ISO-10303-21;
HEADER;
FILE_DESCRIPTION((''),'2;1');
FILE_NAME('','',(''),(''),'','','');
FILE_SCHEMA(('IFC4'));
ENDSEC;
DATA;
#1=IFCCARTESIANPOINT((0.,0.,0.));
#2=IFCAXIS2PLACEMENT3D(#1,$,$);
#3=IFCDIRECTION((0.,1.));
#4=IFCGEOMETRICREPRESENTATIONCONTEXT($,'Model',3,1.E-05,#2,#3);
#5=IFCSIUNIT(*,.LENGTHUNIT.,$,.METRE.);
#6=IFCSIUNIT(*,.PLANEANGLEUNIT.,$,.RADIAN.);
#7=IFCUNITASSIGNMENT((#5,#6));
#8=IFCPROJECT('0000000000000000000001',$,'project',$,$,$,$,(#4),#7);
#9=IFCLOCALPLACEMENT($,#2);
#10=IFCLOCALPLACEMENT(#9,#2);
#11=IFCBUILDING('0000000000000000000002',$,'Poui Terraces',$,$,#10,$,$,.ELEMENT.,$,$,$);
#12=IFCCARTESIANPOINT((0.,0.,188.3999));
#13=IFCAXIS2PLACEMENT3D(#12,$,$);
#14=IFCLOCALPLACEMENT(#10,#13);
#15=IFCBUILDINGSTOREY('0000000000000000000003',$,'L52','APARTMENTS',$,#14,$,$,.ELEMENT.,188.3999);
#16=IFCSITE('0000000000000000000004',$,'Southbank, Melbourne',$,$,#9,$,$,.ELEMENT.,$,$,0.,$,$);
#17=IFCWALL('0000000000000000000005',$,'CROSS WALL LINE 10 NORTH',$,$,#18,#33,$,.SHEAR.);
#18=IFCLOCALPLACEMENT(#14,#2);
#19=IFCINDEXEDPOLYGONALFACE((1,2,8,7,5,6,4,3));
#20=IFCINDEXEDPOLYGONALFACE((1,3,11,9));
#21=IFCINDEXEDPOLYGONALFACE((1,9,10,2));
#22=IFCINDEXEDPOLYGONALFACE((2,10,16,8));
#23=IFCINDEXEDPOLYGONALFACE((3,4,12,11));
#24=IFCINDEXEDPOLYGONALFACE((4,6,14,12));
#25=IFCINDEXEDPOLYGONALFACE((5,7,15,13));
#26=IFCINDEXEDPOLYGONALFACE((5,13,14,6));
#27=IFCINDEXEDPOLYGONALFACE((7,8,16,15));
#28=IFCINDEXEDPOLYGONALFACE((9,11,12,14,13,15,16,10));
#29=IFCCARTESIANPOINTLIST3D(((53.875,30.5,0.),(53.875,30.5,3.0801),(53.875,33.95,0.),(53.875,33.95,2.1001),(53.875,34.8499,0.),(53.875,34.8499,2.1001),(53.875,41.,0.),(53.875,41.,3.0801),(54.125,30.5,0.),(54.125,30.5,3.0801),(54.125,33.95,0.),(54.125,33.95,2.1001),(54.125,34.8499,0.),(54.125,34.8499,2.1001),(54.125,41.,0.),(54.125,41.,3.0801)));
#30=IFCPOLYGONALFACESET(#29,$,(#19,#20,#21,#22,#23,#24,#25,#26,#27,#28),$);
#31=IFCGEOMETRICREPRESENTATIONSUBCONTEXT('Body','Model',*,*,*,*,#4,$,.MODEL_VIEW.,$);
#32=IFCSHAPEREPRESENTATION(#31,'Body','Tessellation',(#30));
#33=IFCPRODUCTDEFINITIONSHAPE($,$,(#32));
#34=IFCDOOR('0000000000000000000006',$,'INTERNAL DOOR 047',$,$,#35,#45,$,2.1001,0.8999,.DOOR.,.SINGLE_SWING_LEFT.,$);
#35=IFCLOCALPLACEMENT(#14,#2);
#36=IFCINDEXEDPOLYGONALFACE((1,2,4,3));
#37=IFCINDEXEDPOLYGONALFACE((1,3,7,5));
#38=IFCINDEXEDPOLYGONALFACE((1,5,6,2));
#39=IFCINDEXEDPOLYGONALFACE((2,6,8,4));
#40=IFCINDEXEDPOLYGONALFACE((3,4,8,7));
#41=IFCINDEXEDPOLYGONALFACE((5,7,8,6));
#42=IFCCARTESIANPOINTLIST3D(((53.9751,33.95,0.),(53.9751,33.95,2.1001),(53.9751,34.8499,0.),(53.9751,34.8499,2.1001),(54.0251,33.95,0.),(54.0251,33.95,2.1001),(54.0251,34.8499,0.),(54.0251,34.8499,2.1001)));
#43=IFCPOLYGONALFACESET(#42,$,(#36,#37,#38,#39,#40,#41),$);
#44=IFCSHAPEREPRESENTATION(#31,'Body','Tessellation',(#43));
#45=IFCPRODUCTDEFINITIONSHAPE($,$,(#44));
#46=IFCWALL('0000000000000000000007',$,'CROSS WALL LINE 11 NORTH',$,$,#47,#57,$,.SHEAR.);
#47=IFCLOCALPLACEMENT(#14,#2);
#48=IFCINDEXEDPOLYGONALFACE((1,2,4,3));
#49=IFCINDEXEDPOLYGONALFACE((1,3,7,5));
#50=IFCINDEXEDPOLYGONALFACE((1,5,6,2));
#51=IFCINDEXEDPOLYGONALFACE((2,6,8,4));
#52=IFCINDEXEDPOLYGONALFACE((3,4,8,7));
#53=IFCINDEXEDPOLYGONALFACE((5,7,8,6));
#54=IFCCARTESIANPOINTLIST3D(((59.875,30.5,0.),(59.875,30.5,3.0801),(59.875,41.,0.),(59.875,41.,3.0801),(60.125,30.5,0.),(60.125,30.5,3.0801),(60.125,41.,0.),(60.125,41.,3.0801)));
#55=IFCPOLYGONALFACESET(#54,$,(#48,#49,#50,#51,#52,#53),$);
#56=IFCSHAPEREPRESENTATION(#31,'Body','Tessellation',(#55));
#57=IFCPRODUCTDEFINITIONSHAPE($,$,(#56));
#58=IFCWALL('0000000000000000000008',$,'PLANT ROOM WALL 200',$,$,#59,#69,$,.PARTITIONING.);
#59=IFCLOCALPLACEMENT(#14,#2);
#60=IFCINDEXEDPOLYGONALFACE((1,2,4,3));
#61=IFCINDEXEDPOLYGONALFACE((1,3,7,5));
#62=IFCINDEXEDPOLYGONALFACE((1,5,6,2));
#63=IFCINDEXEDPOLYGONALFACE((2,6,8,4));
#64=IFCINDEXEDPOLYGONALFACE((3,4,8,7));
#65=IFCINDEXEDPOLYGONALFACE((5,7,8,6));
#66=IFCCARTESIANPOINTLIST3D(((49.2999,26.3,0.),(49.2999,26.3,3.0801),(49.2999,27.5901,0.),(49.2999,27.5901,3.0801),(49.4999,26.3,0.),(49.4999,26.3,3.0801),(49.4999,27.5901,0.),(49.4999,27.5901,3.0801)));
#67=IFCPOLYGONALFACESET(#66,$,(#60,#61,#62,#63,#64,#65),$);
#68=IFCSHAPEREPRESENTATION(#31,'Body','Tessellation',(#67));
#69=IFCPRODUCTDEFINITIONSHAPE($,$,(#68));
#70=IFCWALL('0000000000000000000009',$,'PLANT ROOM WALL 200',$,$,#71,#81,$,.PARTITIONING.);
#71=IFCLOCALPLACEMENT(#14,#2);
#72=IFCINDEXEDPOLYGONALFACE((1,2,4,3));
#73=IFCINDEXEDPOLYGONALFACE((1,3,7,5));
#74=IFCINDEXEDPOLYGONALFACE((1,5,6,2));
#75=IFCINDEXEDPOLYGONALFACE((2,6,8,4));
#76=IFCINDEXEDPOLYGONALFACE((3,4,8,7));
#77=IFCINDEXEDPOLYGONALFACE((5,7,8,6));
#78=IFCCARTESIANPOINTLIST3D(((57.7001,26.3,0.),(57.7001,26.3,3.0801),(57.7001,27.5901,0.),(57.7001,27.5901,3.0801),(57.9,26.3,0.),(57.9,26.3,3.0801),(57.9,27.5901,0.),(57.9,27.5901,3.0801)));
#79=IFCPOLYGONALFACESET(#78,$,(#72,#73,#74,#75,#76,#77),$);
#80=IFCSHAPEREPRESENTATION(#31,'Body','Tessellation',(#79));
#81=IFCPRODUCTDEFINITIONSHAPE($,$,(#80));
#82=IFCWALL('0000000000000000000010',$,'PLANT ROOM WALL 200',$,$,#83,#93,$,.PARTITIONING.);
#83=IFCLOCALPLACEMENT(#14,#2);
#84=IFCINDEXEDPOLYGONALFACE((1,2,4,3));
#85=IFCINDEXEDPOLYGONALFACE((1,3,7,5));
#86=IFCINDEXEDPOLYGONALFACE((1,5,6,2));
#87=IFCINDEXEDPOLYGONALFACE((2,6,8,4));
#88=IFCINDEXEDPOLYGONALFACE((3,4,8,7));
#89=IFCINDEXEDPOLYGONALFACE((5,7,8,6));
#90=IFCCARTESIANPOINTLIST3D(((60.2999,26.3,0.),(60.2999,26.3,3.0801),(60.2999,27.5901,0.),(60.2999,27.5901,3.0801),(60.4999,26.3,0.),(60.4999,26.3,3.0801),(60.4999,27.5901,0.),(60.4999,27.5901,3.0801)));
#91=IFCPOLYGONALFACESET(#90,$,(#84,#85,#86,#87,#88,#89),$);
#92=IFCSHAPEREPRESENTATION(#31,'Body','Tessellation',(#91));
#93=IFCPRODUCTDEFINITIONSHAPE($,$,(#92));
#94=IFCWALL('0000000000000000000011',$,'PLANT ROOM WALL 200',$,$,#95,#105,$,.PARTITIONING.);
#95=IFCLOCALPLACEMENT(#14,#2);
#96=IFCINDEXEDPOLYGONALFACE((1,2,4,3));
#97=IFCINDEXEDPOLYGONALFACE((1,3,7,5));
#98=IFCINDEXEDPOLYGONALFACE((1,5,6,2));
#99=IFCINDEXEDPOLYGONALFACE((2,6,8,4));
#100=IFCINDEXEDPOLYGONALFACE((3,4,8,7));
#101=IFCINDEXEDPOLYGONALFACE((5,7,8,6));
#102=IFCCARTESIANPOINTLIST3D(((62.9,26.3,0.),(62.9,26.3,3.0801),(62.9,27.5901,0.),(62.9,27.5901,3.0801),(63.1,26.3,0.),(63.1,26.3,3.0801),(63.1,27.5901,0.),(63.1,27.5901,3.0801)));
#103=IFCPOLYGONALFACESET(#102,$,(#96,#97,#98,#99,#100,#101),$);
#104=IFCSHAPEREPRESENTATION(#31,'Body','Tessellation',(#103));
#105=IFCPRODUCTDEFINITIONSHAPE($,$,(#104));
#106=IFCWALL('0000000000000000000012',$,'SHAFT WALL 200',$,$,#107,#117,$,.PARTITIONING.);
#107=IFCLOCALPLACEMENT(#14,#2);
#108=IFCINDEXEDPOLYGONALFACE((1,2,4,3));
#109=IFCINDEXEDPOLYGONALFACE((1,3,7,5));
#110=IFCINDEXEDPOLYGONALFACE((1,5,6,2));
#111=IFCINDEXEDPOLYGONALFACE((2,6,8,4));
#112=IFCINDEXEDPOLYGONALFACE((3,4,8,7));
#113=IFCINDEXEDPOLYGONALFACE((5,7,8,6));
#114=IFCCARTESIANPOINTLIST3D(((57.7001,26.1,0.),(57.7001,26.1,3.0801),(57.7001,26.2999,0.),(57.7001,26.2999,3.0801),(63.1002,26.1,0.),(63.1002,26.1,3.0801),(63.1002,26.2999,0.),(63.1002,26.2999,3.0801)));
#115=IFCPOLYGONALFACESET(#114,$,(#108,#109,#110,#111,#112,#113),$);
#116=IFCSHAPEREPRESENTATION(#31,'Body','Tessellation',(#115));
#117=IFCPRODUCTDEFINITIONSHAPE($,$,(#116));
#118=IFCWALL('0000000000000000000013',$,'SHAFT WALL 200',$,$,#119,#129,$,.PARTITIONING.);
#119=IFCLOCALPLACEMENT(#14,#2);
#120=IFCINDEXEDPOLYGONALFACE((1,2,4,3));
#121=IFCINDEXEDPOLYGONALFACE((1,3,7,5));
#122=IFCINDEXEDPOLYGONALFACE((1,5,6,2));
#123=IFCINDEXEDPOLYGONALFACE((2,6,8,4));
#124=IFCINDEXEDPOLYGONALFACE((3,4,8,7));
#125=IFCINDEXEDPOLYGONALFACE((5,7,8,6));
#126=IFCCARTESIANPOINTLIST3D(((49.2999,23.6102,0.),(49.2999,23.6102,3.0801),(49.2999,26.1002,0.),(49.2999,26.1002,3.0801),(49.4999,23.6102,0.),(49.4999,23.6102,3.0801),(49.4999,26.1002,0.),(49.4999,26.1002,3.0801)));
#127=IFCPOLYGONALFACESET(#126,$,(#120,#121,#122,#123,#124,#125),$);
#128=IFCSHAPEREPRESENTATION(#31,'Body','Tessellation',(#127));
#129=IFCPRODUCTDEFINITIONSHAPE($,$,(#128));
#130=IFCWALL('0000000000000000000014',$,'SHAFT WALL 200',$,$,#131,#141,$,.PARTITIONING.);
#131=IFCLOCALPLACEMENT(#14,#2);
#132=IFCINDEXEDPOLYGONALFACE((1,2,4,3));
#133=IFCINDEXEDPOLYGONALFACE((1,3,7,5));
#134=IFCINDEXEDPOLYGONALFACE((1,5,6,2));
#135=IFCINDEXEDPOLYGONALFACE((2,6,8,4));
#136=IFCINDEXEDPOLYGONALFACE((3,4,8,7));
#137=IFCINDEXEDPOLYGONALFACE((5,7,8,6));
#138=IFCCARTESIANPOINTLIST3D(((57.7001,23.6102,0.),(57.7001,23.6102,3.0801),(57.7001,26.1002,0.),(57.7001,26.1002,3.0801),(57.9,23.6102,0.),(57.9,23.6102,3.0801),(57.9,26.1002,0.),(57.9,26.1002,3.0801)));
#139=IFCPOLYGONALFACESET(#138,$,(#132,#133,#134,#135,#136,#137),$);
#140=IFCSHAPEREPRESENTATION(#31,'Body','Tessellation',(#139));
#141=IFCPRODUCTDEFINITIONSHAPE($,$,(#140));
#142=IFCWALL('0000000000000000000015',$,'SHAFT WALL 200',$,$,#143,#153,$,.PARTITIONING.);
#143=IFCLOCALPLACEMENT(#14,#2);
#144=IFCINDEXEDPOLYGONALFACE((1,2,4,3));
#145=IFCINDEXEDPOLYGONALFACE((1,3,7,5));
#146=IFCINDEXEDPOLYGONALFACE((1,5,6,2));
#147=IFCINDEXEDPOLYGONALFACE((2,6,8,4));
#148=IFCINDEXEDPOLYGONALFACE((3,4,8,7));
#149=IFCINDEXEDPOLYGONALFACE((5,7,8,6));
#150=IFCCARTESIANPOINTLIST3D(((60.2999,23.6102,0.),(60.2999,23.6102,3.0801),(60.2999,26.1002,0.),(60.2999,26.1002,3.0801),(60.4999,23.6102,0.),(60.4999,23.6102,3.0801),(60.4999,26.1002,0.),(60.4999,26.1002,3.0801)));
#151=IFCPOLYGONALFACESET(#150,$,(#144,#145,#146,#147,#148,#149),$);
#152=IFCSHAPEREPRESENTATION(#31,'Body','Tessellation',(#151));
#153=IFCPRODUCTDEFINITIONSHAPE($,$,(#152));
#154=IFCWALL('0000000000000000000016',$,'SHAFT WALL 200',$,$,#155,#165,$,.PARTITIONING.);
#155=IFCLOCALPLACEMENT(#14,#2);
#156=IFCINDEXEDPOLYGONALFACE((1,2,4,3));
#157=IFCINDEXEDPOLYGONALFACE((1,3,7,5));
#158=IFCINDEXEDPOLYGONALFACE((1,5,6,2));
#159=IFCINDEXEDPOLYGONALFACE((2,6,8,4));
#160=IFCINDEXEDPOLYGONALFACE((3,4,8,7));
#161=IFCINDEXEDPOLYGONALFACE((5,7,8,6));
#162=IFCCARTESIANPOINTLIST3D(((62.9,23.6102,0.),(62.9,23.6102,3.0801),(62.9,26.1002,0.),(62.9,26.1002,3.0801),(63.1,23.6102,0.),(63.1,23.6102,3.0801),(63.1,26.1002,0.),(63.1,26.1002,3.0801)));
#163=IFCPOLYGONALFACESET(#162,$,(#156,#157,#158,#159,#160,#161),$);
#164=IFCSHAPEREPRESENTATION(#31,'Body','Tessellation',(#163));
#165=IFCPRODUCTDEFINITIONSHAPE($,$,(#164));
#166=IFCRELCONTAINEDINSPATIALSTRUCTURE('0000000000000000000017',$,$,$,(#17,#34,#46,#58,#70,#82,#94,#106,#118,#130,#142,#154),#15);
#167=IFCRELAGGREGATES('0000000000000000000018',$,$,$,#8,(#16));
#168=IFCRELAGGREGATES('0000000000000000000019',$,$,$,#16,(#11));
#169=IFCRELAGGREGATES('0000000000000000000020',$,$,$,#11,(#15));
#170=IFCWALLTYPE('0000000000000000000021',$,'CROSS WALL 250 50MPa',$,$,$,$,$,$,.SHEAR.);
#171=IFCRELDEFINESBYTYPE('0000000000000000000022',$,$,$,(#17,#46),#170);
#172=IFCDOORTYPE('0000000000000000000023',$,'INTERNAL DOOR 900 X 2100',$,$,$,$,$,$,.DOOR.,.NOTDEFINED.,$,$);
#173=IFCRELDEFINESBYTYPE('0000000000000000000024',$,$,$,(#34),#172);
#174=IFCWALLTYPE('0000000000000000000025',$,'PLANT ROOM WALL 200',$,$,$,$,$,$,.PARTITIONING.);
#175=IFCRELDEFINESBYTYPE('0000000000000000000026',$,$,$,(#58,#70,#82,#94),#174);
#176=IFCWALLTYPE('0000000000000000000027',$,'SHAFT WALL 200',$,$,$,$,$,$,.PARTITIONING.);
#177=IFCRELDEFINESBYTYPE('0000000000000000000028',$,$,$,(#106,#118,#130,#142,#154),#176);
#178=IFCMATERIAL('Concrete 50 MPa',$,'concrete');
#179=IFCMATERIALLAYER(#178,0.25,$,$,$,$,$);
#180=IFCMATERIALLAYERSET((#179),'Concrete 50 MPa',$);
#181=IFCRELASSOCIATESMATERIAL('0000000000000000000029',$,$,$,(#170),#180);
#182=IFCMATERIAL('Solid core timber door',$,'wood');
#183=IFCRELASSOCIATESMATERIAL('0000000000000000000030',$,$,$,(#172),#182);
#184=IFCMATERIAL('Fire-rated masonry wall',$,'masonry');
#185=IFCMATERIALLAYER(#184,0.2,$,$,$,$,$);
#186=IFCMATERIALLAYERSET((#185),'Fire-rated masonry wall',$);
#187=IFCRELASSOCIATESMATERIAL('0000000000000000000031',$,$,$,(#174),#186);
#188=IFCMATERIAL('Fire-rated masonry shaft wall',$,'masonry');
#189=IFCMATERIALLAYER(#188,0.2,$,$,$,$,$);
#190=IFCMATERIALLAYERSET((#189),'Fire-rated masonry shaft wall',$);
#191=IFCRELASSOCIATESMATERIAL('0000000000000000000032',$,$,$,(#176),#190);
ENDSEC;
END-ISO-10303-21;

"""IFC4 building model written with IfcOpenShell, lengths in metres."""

from ifc_helpers import new_model, si_unit, direction, frame, frame_2d, origin, place, context, subcontext, project, spatial, rectangle, extrude, material, layer, layer_set, type_object, element, fill, save


model = new_model("IFC4")

# Units and contexts
model_context = context("Model", 3, precision=1e-05, world=origin(), true_north=direction((0.0, 1.0)))
body_context = subcontext(model_context, "Body", "Model", "MODEL_VIEW")
ifc_project = project(units=[si_unit("LENGTHUNIT", "METRE"), si_unit("PLANEANGLEUNIT", "RADIAN")], contexts=[model_context])

# Site, building, storey
site_placement = place(None, origin())
site = spatial("IfcSite", under=ifc_project, at=site_placement, Name="Southbank, Melbourne", CompositionType="ELEMENT", RefElevation=0.0)
building_placement = place(site_placement, origin())
building = spatial("IfcBuilding", under=site, at=building_placement, Name="Poui Terraces", CompositionType="ELEMENT")
storey_placement = place(building_placement, frame((0.0, 0.0, 188.3999)))
storey = spatial("IfcBuildingStorey", under=building, at=storey_placement, Name="L52", Description="APARTMENTS", CompositionType="ELEMENT", Elevation=188.3999)

# Shared definitions
ifc_material_1 = material(Name="Concrete 50 MPa", Category="concrete")

# Wall, opening, door
ifc_layer_1 = layer(ifc_material_1, 0.25)
ifc_layer_set_1 = layer_set([ifc_layer_1], Name="Concrete 50 MPa")
wall_type_1 = type_object("IfcWallType", Name="CROSS WALL 250 50MPa", PredefinedType="SHEAR", material=ifc_layer_set_1)
ifc_material_2 = material(Name="Solid core timber door", Category="wood")
door_type_1 = type_object("IfcDoorType", Name="INTERNAL DOOR 900 X 2100", OperationType="NOTDEFINED", PredefinedType="DOOR", material=ifc_material_2)
wall_1_placement = place(storey_placement, frame((54.0, 30.5, 0.0), z_axis=(0.0, 0.0, 1.0), x_axis=(0.0, 1.0, 0.0)))
wall_1 = element("IfcWall", 1, at=wall_1_placement, inside=storey, type_object=wall_type_1, Name="CROSS WALL LINE 10 NORTH", PredefinedType="SHEAR", context=body_context, shape_type="SweptSolid", body=[
    extrude(rectangle(XDim=10.5, YDim=0.25, at=frame_2d((5.25, 0.0))), origin(), (0.0, 0.0, 1.0), 3.0801),
])
opening_1_placement = place(wall_1_placement, frame((3.45, 0.0, 0.0)))
opening_1 = element("IfcOpeningElement", 2, at=opening_1_placement, cuts=wall_1, PredefinedType="OPENING", context=body_context, shape_type="SweptSolid", body=[
    extrude(rectangle(XDim=0.8999, YDim=2.1001, at=frame_2d((0.45, 1.05))), frame((0.0, 0.135, 0.0), z_axis=(0.0, -1.0, 0.0), x_axis=(1.0, 0.0, 0.0)), (0.0, 0.0, 1.0), 0.27),
])
door_1_placement = place(opening_1_placement, origin())
door_1 = element("IfcDoor", 3, at=door_1_placement, inside=storey, type_object=door_type_1, Name="INTERNAL DOOR 047", OperationType="SINGLE_SWING_LEFT", OverallHeight=2.1001, OverallWidth=0.8999, PredefinedType="DOOR", context=body_context, shape_type="SweptSolid", body=[
    extrude(rectangle(XDim=0.8999, YDim=2.1001, at=frame_2d((0.45, 1.05))), frame((0.0, 0.0249, 0.0), z_axis=(0.0, -1.0, 0.0), x_axis=(1.0, 0.0, 0.0)), (0.0, 0.0, 1.0), 0.05),
])
fill(opening_1, door_1)

# Walls
wall_2_placement = place(storey_placement, frame((60.0, 30.5, 0.0), z_axis=(0.0, 0.0, 1.0), x_axis=(0.0, 1.0, 0.0)))
element("IfcWall", 4, at=wall_2_placement, inside=storey, type_object=wall_type_1, Name="CROSS WALL LINE 11 NORTH", PredefinedType="SHEAR", context=body_context, shape_type="SweptSolid", body=[
    extrude(rectangle(XDim=10.5, YDim=0.25, at=frame_2d((5.25, 0.0))), origin(), (0.0, 0.0, 1.0), 3.0801),
])
ifc_material_3 = material(Name="Fire-rated masonry wall", Category="masonry")
ifc_layer_2 = layer(ifc_material_3, 0.2)
ifc_layer_set_2 = layer_set([ifc_layer_2], Name="Fire-rated masonry wall")
wall_type_2 = type_object("IfcWallType", Name="PLANT ROOM WALL 200", PredefinedType="PARTITIONING", material=ifc_layer_set_2)
for number, where, z_axis, x_axis, name in (
    (5, (49.3999, 26.3, 0.0), (0.0, 0.0, 1.0), (0.0, 1.0, 0.0), "PLANT ROOM WALL 200"),
    (6, (57.8, 26.3, 0.0), (0.0, 0.0, 1.0), (0.0, 1.0, 0.0), "PLANT ROOM WALL 200"),
    (7, (60.3999, 26.3, 0.0), (0.0, 0.0, 1.0), (0.0, 1.0, 0.0), "PLANT ROOM WALL 200"),
    (8, (63.0, 26.3, 0.0), (0.0, 0.0, 1.0), (0.0, 1.0, 0.0), "PLANT ROOM WALL 200"),
):
    element("IfcWall", number, at=place(storey_placement, frame(where, z_axis=z_axis, x_axis=x_axis)), inside=storey, type_object=wall_type_2, Name=name, PredefinedType="PARTITIONING", context=body_context, shape_type="SweptSolid", body=[
        extrude(rectangle(XDim=1.29, YDim=0.2, at=frame_2d((0.645, 0.0))), origin(), (0.0, 0.0, 1.0), 3.0801),
    ])
ifc_material_4 = material(Name="Fire-rated masonry shaft wall", Category="masonry")
ifc_layer_3 = layer(ifc_material_4, 0.2)
ifc_layer_set_3 = layer_set([ifc_layer_3], Name="Fire-rated masonry shaft wall")
wall_type_3 = type_object("IfcWallType", Name="SHAFT WALL 200", PredefinedType="PARTITIONING", material=ifc_layer_set_3)
wall_3_placement = place(storey_placement, frame((57.7, 26.2, 0.0), z_axis=(0.0, 0.0, 1.0), x_axis=(1.0, 0.0, 0.0)))
element("IfcWall", 9, at=wall_3_placement, inside=storey, type_object=wall_type_3, Name="SHAFT WALL 200", PredefinedType="PARTITIONING", context=body_context, shape_type="SweptSolid", body=[
    extrude(rectangle(XDim=5.4001, YDim=0.2, at=frame_2d((2.7002, 0.0))), origin(), (0.0, 0.0, 1.0), 3.0801),
])
for number, where, z_axis, x_axis, name in (
    (10, (49.3999, 23.6101, 0.0), (0.0, 0.0, 1.0), (0.0, 1.0, 0.0), "SHAFT WALL 200"),
    (11, (57.8, 23.6101, 0.0), (0.0, 0.0, 1.0), (0.0, 1.0, 0.0), "SHAFT WALL 200"),
    (12, (60.3999, 23.6101, 0.0), (0.0, 0.0, 1.0), (0.0, 1.0, 0.0), "SHAFT WALL 200"),
    (13, (63.0, 23.6101, 0.0), (0.0, 0.0, 1.0), (0.0, 1.0, 0.0), "SHAFT WALL 200"),
):
    element("IfcWall", number, at=place(storey_placement, frame(where, z_axis=z_axis, x_axis=x_axis)), inside=storey, type_object=wall_type_3, Name=name, PredefinedType="PARTITIONING", context=body_context, shape_type="SweptSolid", body=[
        extrude(rectangle(XDim=2.49, YDim=0.2, at=frame_2d((1.2451, 0.0))), origin(), (0.0, 0.0, 1.0), 3.0801),
    ])

save(model, "model.ifc")
